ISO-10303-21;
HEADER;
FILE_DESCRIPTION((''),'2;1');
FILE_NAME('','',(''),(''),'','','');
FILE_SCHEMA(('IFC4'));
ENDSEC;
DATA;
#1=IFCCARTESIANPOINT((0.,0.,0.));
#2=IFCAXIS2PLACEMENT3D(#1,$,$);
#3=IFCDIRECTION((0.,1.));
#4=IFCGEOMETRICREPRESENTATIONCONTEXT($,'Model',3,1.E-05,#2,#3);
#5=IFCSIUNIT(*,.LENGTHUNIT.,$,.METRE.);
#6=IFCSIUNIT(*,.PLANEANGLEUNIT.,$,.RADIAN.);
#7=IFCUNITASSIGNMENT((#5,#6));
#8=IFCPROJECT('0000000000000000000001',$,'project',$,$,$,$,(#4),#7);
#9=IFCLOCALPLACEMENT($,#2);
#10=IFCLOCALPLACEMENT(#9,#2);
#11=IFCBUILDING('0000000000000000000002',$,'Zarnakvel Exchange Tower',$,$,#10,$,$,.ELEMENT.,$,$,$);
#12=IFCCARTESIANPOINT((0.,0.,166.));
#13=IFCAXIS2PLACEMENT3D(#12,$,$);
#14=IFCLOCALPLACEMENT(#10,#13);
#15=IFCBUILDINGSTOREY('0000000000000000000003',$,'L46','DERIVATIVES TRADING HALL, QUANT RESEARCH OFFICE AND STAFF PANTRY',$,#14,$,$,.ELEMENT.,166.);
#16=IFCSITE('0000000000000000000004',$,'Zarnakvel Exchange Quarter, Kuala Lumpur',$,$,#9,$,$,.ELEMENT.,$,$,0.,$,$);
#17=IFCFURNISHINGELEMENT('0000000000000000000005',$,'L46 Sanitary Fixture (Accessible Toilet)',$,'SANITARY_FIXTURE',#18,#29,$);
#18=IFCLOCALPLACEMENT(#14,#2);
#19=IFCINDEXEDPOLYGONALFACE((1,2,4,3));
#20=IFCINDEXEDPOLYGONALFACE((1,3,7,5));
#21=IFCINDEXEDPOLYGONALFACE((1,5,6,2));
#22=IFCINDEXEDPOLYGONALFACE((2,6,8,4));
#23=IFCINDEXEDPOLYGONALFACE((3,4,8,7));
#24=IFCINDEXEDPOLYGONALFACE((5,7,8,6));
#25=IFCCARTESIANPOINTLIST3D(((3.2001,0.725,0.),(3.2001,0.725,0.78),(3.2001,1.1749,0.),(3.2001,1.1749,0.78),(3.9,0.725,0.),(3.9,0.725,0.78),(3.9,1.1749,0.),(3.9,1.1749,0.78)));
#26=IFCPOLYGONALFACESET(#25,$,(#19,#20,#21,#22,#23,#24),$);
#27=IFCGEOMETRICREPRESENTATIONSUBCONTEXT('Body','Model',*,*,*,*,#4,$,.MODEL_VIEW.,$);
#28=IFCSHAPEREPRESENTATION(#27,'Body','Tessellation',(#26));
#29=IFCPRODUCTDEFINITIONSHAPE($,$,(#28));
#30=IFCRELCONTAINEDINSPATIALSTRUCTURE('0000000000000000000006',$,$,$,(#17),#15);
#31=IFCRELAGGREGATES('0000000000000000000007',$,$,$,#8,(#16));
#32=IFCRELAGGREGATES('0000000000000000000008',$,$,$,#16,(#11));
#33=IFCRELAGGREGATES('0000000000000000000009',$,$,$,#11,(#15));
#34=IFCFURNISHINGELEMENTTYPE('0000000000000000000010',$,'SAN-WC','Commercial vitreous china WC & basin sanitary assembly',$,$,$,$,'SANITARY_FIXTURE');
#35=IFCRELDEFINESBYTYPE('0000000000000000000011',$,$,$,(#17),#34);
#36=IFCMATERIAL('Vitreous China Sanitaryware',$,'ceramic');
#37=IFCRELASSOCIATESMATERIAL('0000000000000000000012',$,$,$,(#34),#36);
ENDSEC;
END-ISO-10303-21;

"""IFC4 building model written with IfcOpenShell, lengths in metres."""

from ifc_helpers import new_model, si_unit, direction, frame, origin, origin_2d, place, context, subcontext, project, spatial, rectangle, extrude, source, transform, mapped, material, type_object, element, save


model = new_model("IFC4")

# Units and contexts
model_context = context("Model", 3, precision=1e-05, world=origin(), true_north=direction((0.0, 1.0)))
body_context = subcontext(model_context, "Body", "Model", "MODEL_VIEW")
ifc_project = project(units=[si_unit("LENGTHUNIT", "METRE"), si_unit("PLANEANGLEUNIT", "RADIAN")], contexts=[model_context])

# Site, building, storey
site_placement = place(None, origin())
site = spatial("IfcSite", under=ifc_project, at=site_placement, Name="Zarnakvel Exchange Quarter, Kuala Lumpur", CompositionType="ELEMENT", RefElevation=0.0)
building_placement = place(site_placement, origin())
building = spatial("IfcBuilding", under=site, at=building_placement, Name="Zarnakvel Exchange Tower", CompositionType="ELEMENT")
storey_placement = place(building_placement, frame((0.0, 0.0, 166.0)))
storey = spatial("IfcBuildingStorey", under=building, at=storey_placement, Name="L46", Description="DERIVATIVES TRADING HALL, QUANT RESEARCH OFFICE AND STAFF PANTRY", CompositionType="ELEMENT", Elevation=166.0)

# Furnishing element
ifc_material_1 = material(Name="Vitreous China Sanitaryware", Category="ceramic")
furnishing_element_type = type_object("IfcFurnishingElementType", Name="SAN-WC", Description="Commercial vitreous china WC & basin sanitary assembly", ElementType="SANITARY_FIXTURE", material=ifc_material_1)
shared_shape_1 = source(origin(), body_context, "Body", "SweptSolid", [
    extrude(rectangle(XDim=0.7, YDim=0.45, at=origin_2d()), origin(), (0.0, 0.0, 1.0), 0.78),
])
for number, where, z_axis, x_axis, name in (
    (1, (3.55, 0.95, 0.0), (0.0, 0.0, 1.0), (1.0, 0.0, 0.0), "L46 Sanitary Fixture (Accessible Toilet)"),
):
    element("IfcFurnishingElement", number, at=place(storey_placement, frame(where, z_axis=z_axis, x_axis=x_axis)), inside=storey, type_object=furnishing_element_type, Name=name, ObjectType="SANITARY_FIXTURE", context=body_context, shape_type="MappedRepresentation", body=[
        mapped(shared_shape_1, transform((0.0, 0.0, 0.0), x_axis=(1.0, 0.0, 0.0), y_axis=(0.0, 1.0, 0.0), z_axis=(0.0, 0.0, 1.0), scale=1.0)),
    ])

save(model, "model.ifc")
